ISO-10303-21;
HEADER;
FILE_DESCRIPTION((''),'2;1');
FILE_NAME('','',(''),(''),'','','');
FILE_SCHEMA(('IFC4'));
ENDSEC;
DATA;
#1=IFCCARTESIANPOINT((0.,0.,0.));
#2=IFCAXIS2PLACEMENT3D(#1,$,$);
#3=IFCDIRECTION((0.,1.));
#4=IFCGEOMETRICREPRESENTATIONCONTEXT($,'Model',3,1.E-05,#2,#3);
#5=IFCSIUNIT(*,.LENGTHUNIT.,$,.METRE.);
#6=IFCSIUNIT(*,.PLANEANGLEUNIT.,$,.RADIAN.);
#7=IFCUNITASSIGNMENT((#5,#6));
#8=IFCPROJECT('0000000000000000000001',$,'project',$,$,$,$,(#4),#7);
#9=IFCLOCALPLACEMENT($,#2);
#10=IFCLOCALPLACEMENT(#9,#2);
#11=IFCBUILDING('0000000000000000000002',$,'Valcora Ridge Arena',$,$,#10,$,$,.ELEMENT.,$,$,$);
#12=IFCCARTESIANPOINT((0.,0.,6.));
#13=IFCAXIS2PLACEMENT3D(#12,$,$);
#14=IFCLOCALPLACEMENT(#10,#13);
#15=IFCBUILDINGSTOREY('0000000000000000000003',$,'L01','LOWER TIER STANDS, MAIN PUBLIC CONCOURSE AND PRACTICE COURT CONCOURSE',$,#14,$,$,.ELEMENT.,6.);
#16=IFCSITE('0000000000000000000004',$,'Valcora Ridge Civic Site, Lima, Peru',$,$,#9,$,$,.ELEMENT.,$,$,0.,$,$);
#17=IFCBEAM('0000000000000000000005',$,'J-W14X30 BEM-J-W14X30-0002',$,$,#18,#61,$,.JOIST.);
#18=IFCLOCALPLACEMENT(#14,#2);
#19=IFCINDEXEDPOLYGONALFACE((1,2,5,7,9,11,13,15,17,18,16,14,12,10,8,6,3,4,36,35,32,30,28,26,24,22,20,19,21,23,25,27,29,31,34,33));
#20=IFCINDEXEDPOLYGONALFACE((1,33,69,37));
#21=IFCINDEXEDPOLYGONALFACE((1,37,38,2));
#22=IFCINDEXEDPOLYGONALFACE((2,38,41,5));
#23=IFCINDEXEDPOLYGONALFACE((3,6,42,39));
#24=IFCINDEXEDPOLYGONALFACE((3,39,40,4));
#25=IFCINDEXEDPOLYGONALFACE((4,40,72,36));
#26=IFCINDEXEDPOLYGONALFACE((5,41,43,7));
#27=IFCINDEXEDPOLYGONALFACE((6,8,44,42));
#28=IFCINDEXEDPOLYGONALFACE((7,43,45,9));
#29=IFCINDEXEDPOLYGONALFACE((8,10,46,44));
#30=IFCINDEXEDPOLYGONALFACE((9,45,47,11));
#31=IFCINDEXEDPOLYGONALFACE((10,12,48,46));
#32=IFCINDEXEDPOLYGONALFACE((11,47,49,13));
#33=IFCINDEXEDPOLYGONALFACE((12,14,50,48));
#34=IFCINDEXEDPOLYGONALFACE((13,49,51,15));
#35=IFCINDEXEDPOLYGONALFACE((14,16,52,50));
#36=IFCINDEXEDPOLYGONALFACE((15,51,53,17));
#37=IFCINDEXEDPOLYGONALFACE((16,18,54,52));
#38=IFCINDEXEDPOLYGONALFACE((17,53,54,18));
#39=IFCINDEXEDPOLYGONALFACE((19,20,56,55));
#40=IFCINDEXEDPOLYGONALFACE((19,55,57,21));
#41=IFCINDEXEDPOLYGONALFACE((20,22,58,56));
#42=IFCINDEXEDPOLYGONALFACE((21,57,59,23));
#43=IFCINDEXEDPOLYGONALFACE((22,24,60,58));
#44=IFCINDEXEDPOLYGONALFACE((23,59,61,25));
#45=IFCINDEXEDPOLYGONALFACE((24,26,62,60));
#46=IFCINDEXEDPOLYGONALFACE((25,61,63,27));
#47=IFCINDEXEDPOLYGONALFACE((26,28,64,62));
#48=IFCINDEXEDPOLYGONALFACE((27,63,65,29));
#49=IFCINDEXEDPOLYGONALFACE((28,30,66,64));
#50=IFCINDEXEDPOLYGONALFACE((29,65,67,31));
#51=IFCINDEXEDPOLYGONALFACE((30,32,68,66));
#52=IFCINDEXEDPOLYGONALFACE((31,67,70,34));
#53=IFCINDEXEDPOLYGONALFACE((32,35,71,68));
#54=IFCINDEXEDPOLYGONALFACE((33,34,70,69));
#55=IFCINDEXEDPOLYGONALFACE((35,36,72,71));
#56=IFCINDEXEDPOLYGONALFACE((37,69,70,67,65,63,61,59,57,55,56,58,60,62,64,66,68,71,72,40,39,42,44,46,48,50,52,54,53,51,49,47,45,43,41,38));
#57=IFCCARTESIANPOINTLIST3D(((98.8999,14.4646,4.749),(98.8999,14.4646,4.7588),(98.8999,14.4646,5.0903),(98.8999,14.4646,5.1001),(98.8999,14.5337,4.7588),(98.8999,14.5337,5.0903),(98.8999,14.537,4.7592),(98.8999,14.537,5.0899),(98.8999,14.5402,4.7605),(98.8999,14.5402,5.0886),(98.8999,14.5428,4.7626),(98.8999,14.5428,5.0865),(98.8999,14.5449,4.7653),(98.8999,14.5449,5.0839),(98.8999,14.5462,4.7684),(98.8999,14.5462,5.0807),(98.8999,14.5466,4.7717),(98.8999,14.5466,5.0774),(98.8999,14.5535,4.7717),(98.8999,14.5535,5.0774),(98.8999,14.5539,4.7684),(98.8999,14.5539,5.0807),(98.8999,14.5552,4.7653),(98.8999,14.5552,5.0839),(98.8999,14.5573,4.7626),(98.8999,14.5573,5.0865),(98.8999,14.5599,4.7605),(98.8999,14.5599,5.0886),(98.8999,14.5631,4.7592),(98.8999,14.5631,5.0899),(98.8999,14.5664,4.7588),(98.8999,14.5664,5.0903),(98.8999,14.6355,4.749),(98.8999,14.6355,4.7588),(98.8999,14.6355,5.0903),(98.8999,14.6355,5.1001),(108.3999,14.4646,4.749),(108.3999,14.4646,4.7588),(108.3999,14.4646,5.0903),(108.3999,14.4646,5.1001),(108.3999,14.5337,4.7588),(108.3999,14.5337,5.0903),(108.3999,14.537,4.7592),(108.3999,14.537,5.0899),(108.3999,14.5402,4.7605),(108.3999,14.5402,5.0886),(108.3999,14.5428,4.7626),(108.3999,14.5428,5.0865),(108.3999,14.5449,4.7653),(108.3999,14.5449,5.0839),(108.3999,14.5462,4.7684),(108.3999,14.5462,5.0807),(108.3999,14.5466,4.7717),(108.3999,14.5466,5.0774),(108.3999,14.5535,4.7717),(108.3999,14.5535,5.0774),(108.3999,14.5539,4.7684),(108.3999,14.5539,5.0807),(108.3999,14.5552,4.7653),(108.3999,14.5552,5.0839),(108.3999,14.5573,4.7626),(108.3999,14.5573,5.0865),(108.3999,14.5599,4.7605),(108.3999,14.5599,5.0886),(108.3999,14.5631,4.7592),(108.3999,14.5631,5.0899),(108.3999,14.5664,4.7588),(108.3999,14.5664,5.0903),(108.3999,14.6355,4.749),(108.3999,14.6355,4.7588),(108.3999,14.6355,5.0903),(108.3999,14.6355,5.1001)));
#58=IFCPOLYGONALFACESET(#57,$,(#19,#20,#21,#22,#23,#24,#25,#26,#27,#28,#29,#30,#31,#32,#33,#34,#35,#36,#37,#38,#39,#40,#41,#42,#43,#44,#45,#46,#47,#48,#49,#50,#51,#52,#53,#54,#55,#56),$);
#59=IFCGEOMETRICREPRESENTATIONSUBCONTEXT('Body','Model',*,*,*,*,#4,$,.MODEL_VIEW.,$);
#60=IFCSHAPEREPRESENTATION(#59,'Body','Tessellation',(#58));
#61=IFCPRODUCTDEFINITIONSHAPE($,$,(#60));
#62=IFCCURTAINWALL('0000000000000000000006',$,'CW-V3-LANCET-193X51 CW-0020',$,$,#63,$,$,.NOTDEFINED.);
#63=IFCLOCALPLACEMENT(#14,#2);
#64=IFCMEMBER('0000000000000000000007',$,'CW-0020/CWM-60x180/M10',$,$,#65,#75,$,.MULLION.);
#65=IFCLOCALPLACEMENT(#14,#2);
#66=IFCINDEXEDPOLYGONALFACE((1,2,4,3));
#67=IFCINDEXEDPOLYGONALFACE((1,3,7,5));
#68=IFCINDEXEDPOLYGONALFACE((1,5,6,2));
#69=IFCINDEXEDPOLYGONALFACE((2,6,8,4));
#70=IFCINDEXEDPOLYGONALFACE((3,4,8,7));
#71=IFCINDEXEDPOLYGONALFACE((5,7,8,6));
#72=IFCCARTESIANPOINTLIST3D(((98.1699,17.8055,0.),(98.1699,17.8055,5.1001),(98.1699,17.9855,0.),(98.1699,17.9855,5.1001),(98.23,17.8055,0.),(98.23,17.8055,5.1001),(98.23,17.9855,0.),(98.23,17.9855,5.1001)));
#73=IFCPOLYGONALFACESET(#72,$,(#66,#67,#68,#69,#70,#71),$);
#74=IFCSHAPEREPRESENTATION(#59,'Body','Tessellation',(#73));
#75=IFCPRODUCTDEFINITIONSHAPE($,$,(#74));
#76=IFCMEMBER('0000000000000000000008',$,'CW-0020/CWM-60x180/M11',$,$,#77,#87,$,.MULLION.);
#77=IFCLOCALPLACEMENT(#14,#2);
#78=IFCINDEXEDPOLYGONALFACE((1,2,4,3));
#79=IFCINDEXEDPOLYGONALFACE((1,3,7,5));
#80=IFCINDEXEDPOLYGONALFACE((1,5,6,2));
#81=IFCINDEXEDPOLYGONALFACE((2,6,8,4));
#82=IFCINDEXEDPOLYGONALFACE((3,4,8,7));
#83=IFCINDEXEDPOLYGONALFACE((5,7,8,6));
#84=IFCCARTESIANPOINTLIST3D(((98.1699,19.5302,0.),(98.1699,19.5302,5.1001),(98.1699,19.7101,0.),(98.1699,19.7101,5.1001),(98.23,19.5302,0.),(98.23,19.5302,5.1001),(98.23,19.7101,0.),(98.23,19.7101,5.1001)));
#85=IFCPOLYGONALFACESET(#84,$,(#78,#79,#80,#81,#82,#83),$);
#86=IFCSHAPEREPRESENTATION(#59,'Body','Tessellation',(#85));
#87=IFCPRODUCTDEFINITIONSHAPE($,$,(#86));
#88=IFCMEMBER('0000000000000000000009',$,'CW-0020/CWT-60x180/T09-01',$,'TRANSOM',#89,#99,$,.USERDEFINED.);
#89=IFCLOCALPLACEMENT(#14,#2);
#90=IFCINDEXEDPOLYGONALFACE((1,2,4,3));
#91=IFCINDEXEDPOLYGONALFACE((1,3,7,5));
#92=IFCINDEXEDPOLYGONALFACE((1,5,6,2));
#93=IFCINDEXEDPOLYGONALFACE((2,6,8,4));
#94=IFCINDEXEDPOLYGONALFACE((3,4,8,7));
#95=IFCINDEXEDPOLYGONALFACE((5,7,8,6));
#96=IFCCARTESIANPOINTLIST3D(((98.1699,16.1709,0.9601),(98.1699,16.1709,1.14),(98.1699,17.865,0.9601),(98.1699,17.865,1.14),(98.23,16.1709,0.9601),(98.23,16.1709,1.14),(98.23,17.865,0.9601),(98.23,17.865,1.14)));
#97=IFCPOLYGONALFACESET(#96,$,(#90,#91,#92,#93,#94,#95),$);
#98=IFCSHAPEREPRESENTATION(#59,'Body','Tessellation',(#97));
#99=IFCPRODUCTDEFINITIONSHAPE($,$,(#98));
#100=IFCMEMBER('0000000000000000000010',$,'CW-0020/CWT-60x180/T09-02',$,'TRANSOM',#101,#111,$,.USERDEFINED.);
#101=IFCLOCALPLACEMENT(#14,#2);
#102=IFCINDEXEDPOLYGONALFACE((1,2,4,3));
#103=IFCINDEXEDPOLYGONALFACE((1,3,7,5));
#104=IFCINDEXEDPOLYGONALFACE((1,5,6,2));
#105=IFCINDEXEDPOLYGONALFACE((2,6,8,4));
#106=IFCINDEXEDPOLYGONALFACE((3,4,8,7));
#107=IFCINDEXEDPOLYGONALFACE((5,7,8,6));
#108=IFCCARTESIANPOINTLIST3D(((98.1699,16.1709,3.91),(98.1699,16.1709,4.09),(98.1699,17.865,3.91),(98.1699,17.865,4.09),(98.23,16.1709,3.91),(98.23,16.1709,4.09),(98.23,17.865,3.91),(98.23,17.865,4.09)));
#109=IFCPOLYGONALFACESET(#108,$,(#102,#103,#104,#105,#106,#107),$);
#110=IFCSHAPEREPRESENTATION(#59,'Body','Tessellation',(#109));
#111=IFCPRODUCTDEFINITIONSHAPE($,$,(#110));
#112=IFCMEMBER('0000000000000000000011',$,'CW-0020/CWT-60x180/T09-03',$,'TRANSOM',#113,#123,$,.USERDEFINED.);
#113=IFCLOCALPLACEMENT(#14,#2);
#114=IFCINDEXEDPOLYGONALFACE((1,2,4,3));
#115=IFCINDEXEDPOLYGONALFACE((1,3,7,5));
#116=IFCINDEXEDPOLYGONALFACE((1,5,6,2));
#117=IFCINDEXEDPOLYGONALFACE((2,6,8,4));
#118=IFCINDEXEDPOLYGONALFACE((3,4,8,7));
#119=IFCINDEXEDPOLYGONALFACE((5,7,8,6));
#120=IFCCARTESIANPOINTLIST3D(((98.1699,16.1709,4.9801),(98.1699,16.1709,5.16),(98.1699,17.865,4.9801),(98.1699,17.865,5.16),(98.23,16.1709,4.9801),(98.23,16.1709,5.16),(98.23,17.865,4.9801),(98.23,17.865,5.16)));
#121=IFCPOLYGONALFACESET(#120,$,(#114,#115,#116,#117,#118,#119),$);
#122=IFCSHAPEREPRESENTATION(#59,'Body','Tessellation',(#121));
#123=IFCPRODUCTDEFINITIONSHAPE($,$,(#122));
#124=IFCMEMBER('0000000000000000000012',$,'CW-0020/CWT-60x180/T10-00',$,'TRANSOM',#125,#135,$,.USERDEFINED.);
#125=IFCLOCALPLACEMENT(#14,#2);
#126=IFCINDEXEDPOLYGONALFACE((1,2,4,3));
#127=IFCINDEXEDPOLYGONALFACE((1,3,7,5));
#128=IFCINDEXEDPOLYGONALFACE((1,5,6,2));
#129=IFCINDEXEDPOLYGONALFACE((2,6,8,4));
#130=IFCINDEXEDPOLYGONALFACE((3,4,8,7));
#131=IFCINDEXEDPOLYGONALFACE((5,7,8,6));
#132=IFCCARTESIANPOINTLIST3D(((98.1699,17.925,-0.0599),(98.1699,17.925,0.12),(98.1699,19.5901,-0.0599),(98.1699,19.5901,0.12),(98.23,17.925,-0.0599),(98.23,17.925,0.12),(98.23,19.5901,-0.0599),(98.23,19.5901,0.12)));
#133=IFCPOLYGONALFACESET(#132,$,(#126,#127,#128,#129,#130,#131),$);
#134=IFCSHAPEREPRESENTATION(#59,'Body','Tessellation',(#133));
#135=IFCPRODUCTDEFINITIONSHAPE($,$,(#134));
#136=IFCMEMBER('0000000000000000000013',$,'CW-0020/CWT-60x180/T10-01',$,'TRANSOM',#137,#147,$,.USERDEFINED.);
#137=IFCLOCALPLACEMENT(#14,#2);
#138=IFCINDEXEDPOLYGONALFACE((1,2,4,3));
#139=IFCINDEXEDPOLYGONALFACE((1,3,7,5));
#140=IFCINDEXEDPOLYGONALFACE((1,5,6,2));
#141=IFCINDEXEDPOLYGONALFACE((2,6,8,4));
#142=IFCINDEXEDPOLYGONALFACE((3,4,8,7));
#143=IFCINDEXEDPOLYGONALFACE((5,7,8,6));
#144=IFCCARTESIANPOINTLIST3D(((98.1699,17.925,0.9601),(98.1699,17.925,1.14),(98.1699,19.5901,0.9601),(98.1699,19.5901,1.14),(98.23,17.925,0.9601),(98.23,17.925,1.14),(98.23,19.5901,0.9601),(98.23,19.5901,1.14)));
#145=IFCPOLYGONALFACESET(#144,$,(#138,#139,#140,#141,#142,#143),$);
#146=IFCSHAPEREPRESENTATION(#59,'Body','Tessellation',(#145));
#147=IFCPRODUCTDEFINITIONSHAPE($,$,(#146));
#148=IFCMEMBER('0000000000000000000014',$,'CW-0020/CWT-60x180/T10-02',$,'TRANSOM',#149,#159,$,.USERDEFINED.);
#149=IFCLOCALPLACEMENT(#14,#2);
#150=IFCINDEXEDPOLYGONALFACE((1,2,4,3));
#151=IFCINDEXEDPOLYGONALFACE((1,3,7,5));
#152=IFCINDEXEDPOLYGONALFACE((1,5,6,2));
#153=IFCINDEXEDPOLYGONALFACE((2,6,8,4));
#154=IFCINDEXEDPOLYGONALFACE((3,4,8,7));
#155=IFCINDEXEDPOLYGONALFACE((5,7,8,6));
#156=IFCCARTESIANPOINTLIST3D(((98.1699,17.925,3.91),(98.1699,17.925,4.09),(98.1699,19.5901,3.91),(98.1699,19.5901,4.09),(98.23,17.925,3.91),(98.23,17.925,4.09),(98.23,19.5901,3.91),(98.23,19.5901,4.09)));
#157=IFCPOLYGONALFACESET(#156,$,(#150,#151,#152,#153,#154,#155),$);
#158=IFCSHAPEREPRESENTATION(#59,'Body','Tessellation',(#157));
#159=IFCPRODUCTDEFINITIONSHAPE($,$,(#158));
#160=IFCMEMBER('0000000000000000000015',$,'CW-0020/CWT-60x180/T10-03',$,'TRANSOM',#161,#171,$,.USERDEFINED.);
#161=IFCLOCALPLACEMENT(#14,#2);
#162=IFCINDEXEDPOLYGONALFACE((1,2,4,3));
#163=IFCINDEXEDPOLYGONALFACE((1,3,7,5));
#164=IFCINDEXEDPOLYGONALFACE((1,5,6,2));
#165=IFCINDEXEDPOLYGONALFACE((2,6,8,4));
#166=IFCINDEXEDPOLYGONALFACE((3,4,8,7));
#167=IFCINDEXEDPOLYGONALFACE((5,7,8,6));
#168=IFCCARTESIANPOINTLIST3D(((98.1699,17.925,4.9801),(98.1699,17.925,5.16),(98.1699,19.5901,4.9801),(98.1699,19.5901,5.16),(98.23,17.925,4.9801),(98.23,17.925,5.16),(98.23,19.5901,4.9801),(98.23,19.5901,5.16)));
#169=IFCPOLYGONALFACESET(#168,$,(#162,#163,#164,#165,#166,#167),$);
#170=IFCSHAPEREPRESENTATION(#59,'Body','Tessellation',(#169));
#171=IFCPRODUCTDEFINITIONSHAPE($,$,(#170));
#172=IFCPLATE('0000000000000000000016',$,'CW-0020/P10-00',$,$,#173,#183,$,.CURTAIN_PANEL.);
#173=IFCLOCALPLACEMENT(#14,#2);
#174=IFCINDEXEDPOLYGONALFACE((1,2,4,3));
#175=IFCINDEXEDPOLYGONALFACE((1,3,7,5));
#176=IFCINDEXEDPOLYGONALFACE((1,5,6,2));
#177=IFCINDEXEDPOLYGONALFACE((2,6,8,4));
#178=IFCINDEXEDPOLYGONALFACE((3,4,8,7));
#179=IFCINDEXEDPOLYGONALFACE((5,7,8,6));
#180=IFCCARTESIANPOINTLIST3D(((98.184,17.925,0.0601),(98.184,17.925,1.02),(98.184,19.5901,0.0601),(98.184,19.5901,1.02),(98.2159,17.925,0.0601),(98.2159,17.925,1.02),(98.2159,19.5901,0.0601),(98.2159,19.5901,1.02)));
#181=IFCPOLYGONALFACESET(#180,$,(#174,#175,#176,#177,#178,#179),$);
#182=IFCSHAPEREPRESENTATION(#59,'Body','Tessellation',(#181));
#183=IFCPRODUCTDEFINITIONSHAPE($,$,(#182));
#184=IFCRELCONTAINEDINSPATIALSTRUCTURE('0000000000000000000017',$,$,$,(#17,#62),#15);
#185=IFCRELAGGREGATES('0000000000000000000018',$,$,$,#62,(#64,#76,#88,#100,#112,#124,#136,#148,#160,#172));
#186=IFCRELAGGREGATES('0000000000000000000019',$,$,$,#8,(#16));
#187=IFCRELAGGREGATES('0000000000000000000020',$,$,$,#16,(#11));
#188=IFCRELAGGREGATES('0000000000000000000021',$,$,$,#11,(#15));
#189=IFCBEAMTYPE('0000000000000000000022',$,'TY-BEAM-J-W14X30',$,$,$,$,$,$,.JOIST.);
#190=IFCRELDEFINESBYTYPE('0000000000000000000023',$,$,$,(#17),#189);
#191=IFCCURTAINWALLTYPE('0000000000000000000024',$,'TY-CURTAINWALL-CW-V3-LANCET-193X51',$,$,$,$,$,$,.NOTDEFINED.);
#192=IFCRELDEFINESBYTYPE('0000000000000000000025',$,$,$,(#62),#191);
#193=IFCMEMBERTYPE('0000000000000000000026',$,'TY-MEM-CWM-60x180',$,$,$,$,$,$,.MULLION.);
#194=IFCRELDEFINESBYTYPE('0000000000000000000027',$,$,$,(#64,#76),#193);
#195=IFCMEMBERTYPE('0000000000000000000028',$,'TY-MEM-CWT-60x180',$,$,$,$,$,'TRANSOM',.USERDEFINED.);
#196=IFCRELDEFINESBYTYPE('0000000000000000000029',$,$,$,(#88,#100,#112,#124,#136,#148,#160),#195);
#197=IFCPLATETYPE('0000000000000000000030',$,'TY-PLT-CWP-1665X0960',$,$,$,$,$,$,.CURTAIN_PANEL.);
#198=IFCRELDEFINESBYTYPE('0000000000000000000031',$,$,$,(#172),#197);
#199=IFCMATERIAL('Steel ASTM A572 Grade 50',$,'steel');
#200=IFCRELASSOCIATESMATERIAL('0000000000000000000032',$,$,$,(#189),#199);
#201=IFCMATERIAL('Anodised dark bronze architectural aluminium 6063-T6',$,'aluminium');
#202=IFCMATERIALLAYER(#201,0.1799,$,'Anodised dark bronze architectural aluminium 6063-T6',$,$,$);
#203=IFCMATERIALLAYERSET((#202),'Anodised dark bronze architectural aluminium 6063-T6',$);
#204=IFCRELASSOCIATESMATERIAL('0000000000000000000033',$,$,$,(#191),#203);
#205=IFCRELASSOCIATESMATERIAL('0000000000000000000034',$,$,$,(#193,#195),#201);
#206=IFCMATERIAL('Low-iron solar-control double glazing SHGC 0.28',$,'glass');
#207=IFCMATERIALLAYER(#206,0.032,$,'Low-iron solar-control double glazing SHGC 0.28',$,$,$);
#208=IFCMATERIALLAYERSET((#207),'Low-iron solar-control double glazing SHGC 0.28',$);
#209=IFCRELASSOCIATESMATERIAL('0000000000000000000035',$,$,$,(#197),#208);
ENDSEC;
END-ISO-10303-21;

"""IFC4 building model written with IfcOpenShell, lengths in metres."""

from ifc_helpers import new_model, si_unit, direction, frame, origin, origin_2d, place, context, subcontext, project, spatial, rectangle, i_section, extrude, material, layer, layer_set, material_profile, profile_set, type_object, element, aggregate, save


model = new_model("IFC4")

# Units and contexts
model_context = context("Model", 3, precision=1e-05, world=origin(), true_north=direction((0.0, 1.0)))
body_context = subcontext(model_context, "Body", "Model", "MODEL_VIEW")
ifc_project = project(units=[si_unit("LENGTHUNIT", "METRE"), si_unit("PLANEANGLEUNIT", "RADIAN")], contexts=[model_context])

# Site, building, storey
site_placement = place(None, origin())
site = spatial("IfcSite", under=ifc_project, at=site_placement, Name="Valcora Ridge Civic Site, Lima, Peru", CompositionType="ELEMENT", RefElevation=0.0)
building_placement = place(site_placement, origin())
building = spatial("IfcBuilding", under=site, at=building_placement, Name="Valcora Ridge Arena", CompositionType="ELEMENT")
storey_placement = place(building_placement, frame((0.0, 0.0, 6.0)))
storey = spatial("IfcBuildingStorey", under=building, at=storey_placement, Name="L01", Description="LOWER TIER STANDS, MAIN PUBLIC CONCOURSE AND PRACTICE COURT CONCOURSE", CompositionType="ELEMENT", Elevation=6.0)

# Shared definitions
ifc_material_1 = material(Name="Steel ASTM A572 Grade 50", Category="steel")

# Beam
ifc_material_profile_1 = material_profile(ifc_material_1, i_section(OverallWidth=0.1709, OverallDepth=0.3511, WebThickness=0.0068, FlangeThickness=0.0098, FilletRadius=0.0129, at=origin_2d()), Name="W14X30")
ifc_profile_set_1 = profile_set([ifc_material_profile_1], Name="Steel ASTM A572 Grade 50")
beam_type_1 = type_object("IfcBeamType", Name="TY-BEAM-J-W14X30", PredefinedType="JOIST", material=ifc_profile_set_1)
beam_1_placement = place(storey_placement, frame((98.8999, 14.55, 4.9246), z_axis=(1.0, 0.0, 0.0), x_axis=(0.0, 1.0, 0.0)))
element("IfcBeam", 1, at=beam_1_placement, inside=storey, type_object=beam_type_1, Name="J-W14X30 BEM-J-W14X30-0002", PredefinedType="JOIST", context=body_context, shape_type="SweptSolid", body=[
    extrude(i_section(OverallWidth=0.1709, OverallDepth=0.3511, WebThickness=0.0068, FlangeThickness=0.0098, FilletRadius=0.0129, at=origin_2d()), origin(), (0.0, 0.0, 1.0), 9.5),
])

# Curtain wall, members, plate
ifc_material_2 = material(Name="Anodised dark bronze architectural aluminium 6063-T6", Category="aluminium")
ifc_layer_1 = layer(ifc_material_2, 0.1799, Name="Anodised dark bronze architectural aluminium 6063-T6")
ifc_layer_set_1 = layer_set([ifc_layer_1], Name="Anodised dark bronze architectural aluminium 6063-T6")
curtain_wall_type = type_object("IfcCurtainWallType", Name="TY-CURTAINWALL-CW-V3-LANCET-193X51", PredefinedType="NOTDEFINED", material=ifc_layer_set_1)
curtain_wall_placement = place(storey_placement, origin())
curtain_wall = element("IfcCurtainWall", 2, at=curtain_wall_placement, inside=storey, type_object=curtain_wall_type, Name="CW-V3-LANCET-193X51 CW-0020", PredefinedType="NOTDEFINED")
ifc_material_profile_2 = material_profile(ifc_material_2, rectangle(XDim=0.0601, YDim=0.1799, at=origin_2d()), Name="ALU MULLION 60x180")
ifc_profile_set_2 = profile_set([ifc_material_profile_2], Name="Anodised dark bronze architectural aluminium 6063-T6")
member_type_1 = type_object("IfcMemberType", Name="TY-MEM-CWM-60x180", PredefinedType="MULLION", material=ifc_profile_set_2)
member_1_placement = place(storey_placement, frame((98.2, 17.8955, 0.0), z_axis=(0.0, 0.0, 1.0), x_axis=(-1.0, 0.0, 0.0)))
member_1 = element("IfcMember", 3, at=member_1_placement, type_object=member_type_1, Name="CW-0020/CWM-60x180/M10", PredefinedType="MULLION", context=body_context, shape_type="SweptSolid", body=[
    extrude(rectangle(XDim=0.0601, YDim=0.1799, at=origin_2d()), origin(), (0.0, 0.0, 1.0), 5.1001),
])
member_2_placement = place(storey_placement, frame((98.2, 19.6201, 0.0), z_axis=(0.0, 0.0, 1.0), x_axis=(-1.0, 0.0, 0.0)))
member_2 = element("IfcMember", 4, at=member_2_placement, type_object=member_type_1, Name="CW-0020/CWM-60x180/M11", PredefinedType="MULLION", context=body_context, shape_type="SweptSolid", body=[
    extrude(rectangle(XDim=0.0601, YDim=0.1799, at=origin_2d()), origin(), (0.0, 0.0, 1.0), 5.1001),
])
ifc_material_profile_3 = material_profile(ifc_material_2, rectangle(XDim=0.0601, YDim=0.1799, at=origin_2d()), Name="ALU TRANSOM 60x180")
ifc_profile_set_3 = profile_set([ifc_material_profile_3], Name="Anodised dark bronze architectural aluminium 6063-T6")
member_type_2 = type_object("IfcMemberType", Name="TY-MEM-CWT-60x180", ElementType="TRANSOM", PredefinedType="USERDEFINED", material=ifc_profile_set_3)
member_3_placement = place(storey_placement, frame((98.2, 16.1709, 1.05), z_axis=(0.0, 1.0, 0.0), x_axis=(-1.0, 0.0, 0.0)))
member_3 = element("IfcMember", 5, at=member_3_placement, type_object=member_type_2, Name="CW-0020/CWT-60x180/T09-01", ObjectType="TRANSOM", PredefinedType="USERDEFINED", context=body_context, shape_type="SweptSolid", body=[
    extrude(rectangle(XDim=0.0601, YDim=0.1799, at=origin_2d()), origin(), (0.0, 0.0, 1.0), 1.6941),
])
member_4_placement = place(storey_placement, frame((98.2, 16.1709, 4.0), z_axis=(0.0, 1.0, 0.0), x_axis=(-1.0, 0.0, 0.0)))
member_4 = element("IfcMember", 6, at=member_4_placement, type_object=member_type_2, Name="CW-0020/CWT-60x180/T09-02", ObjectType="TRANSOM", PredefinedType="USERDEFINED", context=body_context, shape_type="SweptSolid", body=[
    extrude(rectangle(XDim=0.0601, YDim=0.1799, at=origin_2d()), origin(), (0.0, 0.0, 1.0), 1.6941),
])
member_5_placement = place(storey_placement, frame((98.2, 16.1709, 5.0701), z_axis=(0.0, 1.0, 0.0), x_axis=(-1.0, 0.0, 0.0)))
member_5 = element("IfcMember", 7, at=member_5_placement, type_object=member_type_2, Name="CW-0020/CWT-60x180/T09-03", ObjectType="TRANSOM", PredefinedType="USERDEFINED", context=body_context, shape_type="SweptSolid", body=[
    extrude(rectangle(XDim=0.0601, YDim=0.1799, at=origin_2d()), origin(), (0.0, 0.0, 1.0), 1.6941),
])
member_6_placement = place(storey_placement, frame((98.2, 17.925, 0.03), z_axis=(0.0, 1.0, 0.0), x_axis=(-1.0, 0.0, 0.0)))
member_6 = element("IfcMember", 8, at=member_6_placement, type_object=member_type_2, Name="CW-0020/CWT-60x180/T10-00", ObjectType="TRANSOM", PredefinedType="USERDEFINED", context=body_context, shape_type="SweptSolid", body=[
    extrude(rectangle(XDim=0.0601, YDim=0.1799, at=origin_2d()), origin(), (0.0, 0.0, 1.0), 1.665),
])
member_7_placement = place(storey_placement, frame((98.2, 17.925, 1.05), z_axis=(0.0, 1.0, 0.0), x_axis=(-1.0, 0.0, 0.0)))
member_7 = element("IfcMember", 9, at=member_7_placement, type_object=member_type_2, Name="CW-0020/CWT-60x180/T10-01", ObjectType="TRANSOM", PredefinedType="USERDEFINED", context=body_context, shape_type="SweptSolid", body=[
    extrude(rectangle(XDim=0.0601, YDim=0.1799, at=origin_2d()), origin(), (0.0, 0.0, 1.0), 1.665),
])
member_8_placement = place(storey_placement, frame((98.2, 17.925, 4.0), z_axis=(0.0, 1.0, 0.0), x_axis=(-1.0, 0.0, 0.0)))
member_8 = element("IfcMember", 10, at=member_8_placement, type_object=member_type_2, Name="CW-0020/CWT-60x180/T10-02", ObjectType="TRANSOM", PredefinedType="USERDEFINED", context=body_context, shape_type="SweptSolid", body=[
    extrude(rectangle(XDim=0.0601, YDim=0.1799, at=origin_2d()), origin(), (0.0, 0.0, 1.0), 1.665),
])
member_9_placement = place(storey_placement, frame((98.2, 17.925, 5.0701), z_axis=(0.0, 1.0, 0.0), x_axis=(-1.0, 0.0, 0.0)))
member_9 = element("IfcMember", 11, at=member_9_placement, type_object=member_type_2, Name="CW-0020/CWT-60x180/T10-03", ObjectType="TRANSOM", PredefinedType="USERDEFINED", context=body_context, shape_type="SweptSolid", body=[
    extrude(rectangle(XDim=0.0601, YDim=0.1799, at=origin_2d()), origin(), (0.0, 0.0, 1.0), 1.665),
])
ifc_material_3 = material(Name="Low-iron solar-control double glazing SHGC 0.28", Category="glass")
ifc_layer_2 = layer(ifc_material_3, 0.032, Name="Low-iron solar-control double glazing SHGC 0.28")
ifc_layer_set_2 = layer_set([ifc_layer_2], Name="Low-iron solar-control double glazing SHGC 0.28")
plate_type_1 = type_object("IfcPlateType", Name="TY-PLT-CWP-1665X0960", PredefinedType="CURTAIN_PANEL", material=ifc_layer_set_2)
plate_1_placement = place(storey_placement, frame((98.2, 18.7576, 0.0601), z_axis=(0.0, 0.0, 1.0), x_axis=(0.0, 1.0, 0.0)))
plate_1 = element("IfcPlate", 12, at=plate_1_placement, type_object=plate_type_1, Name="CW-0020/P10-00", PredefinedType="CURTAIN_PANEL", context=body_context, shape_type="SweptSolid", body=[
    extrude(rectangle(XDim=1.665, YDim=0.032, at=origin_2d()), origin(), (0.0, 0.0, 1.0), 0.96),
])
aggregate(curtain_wall, [member_1, member_2, member_3, member_4, member_5, member_6, member_7, member_8, member_9, plate_1])

save(model, "model.ifc")
